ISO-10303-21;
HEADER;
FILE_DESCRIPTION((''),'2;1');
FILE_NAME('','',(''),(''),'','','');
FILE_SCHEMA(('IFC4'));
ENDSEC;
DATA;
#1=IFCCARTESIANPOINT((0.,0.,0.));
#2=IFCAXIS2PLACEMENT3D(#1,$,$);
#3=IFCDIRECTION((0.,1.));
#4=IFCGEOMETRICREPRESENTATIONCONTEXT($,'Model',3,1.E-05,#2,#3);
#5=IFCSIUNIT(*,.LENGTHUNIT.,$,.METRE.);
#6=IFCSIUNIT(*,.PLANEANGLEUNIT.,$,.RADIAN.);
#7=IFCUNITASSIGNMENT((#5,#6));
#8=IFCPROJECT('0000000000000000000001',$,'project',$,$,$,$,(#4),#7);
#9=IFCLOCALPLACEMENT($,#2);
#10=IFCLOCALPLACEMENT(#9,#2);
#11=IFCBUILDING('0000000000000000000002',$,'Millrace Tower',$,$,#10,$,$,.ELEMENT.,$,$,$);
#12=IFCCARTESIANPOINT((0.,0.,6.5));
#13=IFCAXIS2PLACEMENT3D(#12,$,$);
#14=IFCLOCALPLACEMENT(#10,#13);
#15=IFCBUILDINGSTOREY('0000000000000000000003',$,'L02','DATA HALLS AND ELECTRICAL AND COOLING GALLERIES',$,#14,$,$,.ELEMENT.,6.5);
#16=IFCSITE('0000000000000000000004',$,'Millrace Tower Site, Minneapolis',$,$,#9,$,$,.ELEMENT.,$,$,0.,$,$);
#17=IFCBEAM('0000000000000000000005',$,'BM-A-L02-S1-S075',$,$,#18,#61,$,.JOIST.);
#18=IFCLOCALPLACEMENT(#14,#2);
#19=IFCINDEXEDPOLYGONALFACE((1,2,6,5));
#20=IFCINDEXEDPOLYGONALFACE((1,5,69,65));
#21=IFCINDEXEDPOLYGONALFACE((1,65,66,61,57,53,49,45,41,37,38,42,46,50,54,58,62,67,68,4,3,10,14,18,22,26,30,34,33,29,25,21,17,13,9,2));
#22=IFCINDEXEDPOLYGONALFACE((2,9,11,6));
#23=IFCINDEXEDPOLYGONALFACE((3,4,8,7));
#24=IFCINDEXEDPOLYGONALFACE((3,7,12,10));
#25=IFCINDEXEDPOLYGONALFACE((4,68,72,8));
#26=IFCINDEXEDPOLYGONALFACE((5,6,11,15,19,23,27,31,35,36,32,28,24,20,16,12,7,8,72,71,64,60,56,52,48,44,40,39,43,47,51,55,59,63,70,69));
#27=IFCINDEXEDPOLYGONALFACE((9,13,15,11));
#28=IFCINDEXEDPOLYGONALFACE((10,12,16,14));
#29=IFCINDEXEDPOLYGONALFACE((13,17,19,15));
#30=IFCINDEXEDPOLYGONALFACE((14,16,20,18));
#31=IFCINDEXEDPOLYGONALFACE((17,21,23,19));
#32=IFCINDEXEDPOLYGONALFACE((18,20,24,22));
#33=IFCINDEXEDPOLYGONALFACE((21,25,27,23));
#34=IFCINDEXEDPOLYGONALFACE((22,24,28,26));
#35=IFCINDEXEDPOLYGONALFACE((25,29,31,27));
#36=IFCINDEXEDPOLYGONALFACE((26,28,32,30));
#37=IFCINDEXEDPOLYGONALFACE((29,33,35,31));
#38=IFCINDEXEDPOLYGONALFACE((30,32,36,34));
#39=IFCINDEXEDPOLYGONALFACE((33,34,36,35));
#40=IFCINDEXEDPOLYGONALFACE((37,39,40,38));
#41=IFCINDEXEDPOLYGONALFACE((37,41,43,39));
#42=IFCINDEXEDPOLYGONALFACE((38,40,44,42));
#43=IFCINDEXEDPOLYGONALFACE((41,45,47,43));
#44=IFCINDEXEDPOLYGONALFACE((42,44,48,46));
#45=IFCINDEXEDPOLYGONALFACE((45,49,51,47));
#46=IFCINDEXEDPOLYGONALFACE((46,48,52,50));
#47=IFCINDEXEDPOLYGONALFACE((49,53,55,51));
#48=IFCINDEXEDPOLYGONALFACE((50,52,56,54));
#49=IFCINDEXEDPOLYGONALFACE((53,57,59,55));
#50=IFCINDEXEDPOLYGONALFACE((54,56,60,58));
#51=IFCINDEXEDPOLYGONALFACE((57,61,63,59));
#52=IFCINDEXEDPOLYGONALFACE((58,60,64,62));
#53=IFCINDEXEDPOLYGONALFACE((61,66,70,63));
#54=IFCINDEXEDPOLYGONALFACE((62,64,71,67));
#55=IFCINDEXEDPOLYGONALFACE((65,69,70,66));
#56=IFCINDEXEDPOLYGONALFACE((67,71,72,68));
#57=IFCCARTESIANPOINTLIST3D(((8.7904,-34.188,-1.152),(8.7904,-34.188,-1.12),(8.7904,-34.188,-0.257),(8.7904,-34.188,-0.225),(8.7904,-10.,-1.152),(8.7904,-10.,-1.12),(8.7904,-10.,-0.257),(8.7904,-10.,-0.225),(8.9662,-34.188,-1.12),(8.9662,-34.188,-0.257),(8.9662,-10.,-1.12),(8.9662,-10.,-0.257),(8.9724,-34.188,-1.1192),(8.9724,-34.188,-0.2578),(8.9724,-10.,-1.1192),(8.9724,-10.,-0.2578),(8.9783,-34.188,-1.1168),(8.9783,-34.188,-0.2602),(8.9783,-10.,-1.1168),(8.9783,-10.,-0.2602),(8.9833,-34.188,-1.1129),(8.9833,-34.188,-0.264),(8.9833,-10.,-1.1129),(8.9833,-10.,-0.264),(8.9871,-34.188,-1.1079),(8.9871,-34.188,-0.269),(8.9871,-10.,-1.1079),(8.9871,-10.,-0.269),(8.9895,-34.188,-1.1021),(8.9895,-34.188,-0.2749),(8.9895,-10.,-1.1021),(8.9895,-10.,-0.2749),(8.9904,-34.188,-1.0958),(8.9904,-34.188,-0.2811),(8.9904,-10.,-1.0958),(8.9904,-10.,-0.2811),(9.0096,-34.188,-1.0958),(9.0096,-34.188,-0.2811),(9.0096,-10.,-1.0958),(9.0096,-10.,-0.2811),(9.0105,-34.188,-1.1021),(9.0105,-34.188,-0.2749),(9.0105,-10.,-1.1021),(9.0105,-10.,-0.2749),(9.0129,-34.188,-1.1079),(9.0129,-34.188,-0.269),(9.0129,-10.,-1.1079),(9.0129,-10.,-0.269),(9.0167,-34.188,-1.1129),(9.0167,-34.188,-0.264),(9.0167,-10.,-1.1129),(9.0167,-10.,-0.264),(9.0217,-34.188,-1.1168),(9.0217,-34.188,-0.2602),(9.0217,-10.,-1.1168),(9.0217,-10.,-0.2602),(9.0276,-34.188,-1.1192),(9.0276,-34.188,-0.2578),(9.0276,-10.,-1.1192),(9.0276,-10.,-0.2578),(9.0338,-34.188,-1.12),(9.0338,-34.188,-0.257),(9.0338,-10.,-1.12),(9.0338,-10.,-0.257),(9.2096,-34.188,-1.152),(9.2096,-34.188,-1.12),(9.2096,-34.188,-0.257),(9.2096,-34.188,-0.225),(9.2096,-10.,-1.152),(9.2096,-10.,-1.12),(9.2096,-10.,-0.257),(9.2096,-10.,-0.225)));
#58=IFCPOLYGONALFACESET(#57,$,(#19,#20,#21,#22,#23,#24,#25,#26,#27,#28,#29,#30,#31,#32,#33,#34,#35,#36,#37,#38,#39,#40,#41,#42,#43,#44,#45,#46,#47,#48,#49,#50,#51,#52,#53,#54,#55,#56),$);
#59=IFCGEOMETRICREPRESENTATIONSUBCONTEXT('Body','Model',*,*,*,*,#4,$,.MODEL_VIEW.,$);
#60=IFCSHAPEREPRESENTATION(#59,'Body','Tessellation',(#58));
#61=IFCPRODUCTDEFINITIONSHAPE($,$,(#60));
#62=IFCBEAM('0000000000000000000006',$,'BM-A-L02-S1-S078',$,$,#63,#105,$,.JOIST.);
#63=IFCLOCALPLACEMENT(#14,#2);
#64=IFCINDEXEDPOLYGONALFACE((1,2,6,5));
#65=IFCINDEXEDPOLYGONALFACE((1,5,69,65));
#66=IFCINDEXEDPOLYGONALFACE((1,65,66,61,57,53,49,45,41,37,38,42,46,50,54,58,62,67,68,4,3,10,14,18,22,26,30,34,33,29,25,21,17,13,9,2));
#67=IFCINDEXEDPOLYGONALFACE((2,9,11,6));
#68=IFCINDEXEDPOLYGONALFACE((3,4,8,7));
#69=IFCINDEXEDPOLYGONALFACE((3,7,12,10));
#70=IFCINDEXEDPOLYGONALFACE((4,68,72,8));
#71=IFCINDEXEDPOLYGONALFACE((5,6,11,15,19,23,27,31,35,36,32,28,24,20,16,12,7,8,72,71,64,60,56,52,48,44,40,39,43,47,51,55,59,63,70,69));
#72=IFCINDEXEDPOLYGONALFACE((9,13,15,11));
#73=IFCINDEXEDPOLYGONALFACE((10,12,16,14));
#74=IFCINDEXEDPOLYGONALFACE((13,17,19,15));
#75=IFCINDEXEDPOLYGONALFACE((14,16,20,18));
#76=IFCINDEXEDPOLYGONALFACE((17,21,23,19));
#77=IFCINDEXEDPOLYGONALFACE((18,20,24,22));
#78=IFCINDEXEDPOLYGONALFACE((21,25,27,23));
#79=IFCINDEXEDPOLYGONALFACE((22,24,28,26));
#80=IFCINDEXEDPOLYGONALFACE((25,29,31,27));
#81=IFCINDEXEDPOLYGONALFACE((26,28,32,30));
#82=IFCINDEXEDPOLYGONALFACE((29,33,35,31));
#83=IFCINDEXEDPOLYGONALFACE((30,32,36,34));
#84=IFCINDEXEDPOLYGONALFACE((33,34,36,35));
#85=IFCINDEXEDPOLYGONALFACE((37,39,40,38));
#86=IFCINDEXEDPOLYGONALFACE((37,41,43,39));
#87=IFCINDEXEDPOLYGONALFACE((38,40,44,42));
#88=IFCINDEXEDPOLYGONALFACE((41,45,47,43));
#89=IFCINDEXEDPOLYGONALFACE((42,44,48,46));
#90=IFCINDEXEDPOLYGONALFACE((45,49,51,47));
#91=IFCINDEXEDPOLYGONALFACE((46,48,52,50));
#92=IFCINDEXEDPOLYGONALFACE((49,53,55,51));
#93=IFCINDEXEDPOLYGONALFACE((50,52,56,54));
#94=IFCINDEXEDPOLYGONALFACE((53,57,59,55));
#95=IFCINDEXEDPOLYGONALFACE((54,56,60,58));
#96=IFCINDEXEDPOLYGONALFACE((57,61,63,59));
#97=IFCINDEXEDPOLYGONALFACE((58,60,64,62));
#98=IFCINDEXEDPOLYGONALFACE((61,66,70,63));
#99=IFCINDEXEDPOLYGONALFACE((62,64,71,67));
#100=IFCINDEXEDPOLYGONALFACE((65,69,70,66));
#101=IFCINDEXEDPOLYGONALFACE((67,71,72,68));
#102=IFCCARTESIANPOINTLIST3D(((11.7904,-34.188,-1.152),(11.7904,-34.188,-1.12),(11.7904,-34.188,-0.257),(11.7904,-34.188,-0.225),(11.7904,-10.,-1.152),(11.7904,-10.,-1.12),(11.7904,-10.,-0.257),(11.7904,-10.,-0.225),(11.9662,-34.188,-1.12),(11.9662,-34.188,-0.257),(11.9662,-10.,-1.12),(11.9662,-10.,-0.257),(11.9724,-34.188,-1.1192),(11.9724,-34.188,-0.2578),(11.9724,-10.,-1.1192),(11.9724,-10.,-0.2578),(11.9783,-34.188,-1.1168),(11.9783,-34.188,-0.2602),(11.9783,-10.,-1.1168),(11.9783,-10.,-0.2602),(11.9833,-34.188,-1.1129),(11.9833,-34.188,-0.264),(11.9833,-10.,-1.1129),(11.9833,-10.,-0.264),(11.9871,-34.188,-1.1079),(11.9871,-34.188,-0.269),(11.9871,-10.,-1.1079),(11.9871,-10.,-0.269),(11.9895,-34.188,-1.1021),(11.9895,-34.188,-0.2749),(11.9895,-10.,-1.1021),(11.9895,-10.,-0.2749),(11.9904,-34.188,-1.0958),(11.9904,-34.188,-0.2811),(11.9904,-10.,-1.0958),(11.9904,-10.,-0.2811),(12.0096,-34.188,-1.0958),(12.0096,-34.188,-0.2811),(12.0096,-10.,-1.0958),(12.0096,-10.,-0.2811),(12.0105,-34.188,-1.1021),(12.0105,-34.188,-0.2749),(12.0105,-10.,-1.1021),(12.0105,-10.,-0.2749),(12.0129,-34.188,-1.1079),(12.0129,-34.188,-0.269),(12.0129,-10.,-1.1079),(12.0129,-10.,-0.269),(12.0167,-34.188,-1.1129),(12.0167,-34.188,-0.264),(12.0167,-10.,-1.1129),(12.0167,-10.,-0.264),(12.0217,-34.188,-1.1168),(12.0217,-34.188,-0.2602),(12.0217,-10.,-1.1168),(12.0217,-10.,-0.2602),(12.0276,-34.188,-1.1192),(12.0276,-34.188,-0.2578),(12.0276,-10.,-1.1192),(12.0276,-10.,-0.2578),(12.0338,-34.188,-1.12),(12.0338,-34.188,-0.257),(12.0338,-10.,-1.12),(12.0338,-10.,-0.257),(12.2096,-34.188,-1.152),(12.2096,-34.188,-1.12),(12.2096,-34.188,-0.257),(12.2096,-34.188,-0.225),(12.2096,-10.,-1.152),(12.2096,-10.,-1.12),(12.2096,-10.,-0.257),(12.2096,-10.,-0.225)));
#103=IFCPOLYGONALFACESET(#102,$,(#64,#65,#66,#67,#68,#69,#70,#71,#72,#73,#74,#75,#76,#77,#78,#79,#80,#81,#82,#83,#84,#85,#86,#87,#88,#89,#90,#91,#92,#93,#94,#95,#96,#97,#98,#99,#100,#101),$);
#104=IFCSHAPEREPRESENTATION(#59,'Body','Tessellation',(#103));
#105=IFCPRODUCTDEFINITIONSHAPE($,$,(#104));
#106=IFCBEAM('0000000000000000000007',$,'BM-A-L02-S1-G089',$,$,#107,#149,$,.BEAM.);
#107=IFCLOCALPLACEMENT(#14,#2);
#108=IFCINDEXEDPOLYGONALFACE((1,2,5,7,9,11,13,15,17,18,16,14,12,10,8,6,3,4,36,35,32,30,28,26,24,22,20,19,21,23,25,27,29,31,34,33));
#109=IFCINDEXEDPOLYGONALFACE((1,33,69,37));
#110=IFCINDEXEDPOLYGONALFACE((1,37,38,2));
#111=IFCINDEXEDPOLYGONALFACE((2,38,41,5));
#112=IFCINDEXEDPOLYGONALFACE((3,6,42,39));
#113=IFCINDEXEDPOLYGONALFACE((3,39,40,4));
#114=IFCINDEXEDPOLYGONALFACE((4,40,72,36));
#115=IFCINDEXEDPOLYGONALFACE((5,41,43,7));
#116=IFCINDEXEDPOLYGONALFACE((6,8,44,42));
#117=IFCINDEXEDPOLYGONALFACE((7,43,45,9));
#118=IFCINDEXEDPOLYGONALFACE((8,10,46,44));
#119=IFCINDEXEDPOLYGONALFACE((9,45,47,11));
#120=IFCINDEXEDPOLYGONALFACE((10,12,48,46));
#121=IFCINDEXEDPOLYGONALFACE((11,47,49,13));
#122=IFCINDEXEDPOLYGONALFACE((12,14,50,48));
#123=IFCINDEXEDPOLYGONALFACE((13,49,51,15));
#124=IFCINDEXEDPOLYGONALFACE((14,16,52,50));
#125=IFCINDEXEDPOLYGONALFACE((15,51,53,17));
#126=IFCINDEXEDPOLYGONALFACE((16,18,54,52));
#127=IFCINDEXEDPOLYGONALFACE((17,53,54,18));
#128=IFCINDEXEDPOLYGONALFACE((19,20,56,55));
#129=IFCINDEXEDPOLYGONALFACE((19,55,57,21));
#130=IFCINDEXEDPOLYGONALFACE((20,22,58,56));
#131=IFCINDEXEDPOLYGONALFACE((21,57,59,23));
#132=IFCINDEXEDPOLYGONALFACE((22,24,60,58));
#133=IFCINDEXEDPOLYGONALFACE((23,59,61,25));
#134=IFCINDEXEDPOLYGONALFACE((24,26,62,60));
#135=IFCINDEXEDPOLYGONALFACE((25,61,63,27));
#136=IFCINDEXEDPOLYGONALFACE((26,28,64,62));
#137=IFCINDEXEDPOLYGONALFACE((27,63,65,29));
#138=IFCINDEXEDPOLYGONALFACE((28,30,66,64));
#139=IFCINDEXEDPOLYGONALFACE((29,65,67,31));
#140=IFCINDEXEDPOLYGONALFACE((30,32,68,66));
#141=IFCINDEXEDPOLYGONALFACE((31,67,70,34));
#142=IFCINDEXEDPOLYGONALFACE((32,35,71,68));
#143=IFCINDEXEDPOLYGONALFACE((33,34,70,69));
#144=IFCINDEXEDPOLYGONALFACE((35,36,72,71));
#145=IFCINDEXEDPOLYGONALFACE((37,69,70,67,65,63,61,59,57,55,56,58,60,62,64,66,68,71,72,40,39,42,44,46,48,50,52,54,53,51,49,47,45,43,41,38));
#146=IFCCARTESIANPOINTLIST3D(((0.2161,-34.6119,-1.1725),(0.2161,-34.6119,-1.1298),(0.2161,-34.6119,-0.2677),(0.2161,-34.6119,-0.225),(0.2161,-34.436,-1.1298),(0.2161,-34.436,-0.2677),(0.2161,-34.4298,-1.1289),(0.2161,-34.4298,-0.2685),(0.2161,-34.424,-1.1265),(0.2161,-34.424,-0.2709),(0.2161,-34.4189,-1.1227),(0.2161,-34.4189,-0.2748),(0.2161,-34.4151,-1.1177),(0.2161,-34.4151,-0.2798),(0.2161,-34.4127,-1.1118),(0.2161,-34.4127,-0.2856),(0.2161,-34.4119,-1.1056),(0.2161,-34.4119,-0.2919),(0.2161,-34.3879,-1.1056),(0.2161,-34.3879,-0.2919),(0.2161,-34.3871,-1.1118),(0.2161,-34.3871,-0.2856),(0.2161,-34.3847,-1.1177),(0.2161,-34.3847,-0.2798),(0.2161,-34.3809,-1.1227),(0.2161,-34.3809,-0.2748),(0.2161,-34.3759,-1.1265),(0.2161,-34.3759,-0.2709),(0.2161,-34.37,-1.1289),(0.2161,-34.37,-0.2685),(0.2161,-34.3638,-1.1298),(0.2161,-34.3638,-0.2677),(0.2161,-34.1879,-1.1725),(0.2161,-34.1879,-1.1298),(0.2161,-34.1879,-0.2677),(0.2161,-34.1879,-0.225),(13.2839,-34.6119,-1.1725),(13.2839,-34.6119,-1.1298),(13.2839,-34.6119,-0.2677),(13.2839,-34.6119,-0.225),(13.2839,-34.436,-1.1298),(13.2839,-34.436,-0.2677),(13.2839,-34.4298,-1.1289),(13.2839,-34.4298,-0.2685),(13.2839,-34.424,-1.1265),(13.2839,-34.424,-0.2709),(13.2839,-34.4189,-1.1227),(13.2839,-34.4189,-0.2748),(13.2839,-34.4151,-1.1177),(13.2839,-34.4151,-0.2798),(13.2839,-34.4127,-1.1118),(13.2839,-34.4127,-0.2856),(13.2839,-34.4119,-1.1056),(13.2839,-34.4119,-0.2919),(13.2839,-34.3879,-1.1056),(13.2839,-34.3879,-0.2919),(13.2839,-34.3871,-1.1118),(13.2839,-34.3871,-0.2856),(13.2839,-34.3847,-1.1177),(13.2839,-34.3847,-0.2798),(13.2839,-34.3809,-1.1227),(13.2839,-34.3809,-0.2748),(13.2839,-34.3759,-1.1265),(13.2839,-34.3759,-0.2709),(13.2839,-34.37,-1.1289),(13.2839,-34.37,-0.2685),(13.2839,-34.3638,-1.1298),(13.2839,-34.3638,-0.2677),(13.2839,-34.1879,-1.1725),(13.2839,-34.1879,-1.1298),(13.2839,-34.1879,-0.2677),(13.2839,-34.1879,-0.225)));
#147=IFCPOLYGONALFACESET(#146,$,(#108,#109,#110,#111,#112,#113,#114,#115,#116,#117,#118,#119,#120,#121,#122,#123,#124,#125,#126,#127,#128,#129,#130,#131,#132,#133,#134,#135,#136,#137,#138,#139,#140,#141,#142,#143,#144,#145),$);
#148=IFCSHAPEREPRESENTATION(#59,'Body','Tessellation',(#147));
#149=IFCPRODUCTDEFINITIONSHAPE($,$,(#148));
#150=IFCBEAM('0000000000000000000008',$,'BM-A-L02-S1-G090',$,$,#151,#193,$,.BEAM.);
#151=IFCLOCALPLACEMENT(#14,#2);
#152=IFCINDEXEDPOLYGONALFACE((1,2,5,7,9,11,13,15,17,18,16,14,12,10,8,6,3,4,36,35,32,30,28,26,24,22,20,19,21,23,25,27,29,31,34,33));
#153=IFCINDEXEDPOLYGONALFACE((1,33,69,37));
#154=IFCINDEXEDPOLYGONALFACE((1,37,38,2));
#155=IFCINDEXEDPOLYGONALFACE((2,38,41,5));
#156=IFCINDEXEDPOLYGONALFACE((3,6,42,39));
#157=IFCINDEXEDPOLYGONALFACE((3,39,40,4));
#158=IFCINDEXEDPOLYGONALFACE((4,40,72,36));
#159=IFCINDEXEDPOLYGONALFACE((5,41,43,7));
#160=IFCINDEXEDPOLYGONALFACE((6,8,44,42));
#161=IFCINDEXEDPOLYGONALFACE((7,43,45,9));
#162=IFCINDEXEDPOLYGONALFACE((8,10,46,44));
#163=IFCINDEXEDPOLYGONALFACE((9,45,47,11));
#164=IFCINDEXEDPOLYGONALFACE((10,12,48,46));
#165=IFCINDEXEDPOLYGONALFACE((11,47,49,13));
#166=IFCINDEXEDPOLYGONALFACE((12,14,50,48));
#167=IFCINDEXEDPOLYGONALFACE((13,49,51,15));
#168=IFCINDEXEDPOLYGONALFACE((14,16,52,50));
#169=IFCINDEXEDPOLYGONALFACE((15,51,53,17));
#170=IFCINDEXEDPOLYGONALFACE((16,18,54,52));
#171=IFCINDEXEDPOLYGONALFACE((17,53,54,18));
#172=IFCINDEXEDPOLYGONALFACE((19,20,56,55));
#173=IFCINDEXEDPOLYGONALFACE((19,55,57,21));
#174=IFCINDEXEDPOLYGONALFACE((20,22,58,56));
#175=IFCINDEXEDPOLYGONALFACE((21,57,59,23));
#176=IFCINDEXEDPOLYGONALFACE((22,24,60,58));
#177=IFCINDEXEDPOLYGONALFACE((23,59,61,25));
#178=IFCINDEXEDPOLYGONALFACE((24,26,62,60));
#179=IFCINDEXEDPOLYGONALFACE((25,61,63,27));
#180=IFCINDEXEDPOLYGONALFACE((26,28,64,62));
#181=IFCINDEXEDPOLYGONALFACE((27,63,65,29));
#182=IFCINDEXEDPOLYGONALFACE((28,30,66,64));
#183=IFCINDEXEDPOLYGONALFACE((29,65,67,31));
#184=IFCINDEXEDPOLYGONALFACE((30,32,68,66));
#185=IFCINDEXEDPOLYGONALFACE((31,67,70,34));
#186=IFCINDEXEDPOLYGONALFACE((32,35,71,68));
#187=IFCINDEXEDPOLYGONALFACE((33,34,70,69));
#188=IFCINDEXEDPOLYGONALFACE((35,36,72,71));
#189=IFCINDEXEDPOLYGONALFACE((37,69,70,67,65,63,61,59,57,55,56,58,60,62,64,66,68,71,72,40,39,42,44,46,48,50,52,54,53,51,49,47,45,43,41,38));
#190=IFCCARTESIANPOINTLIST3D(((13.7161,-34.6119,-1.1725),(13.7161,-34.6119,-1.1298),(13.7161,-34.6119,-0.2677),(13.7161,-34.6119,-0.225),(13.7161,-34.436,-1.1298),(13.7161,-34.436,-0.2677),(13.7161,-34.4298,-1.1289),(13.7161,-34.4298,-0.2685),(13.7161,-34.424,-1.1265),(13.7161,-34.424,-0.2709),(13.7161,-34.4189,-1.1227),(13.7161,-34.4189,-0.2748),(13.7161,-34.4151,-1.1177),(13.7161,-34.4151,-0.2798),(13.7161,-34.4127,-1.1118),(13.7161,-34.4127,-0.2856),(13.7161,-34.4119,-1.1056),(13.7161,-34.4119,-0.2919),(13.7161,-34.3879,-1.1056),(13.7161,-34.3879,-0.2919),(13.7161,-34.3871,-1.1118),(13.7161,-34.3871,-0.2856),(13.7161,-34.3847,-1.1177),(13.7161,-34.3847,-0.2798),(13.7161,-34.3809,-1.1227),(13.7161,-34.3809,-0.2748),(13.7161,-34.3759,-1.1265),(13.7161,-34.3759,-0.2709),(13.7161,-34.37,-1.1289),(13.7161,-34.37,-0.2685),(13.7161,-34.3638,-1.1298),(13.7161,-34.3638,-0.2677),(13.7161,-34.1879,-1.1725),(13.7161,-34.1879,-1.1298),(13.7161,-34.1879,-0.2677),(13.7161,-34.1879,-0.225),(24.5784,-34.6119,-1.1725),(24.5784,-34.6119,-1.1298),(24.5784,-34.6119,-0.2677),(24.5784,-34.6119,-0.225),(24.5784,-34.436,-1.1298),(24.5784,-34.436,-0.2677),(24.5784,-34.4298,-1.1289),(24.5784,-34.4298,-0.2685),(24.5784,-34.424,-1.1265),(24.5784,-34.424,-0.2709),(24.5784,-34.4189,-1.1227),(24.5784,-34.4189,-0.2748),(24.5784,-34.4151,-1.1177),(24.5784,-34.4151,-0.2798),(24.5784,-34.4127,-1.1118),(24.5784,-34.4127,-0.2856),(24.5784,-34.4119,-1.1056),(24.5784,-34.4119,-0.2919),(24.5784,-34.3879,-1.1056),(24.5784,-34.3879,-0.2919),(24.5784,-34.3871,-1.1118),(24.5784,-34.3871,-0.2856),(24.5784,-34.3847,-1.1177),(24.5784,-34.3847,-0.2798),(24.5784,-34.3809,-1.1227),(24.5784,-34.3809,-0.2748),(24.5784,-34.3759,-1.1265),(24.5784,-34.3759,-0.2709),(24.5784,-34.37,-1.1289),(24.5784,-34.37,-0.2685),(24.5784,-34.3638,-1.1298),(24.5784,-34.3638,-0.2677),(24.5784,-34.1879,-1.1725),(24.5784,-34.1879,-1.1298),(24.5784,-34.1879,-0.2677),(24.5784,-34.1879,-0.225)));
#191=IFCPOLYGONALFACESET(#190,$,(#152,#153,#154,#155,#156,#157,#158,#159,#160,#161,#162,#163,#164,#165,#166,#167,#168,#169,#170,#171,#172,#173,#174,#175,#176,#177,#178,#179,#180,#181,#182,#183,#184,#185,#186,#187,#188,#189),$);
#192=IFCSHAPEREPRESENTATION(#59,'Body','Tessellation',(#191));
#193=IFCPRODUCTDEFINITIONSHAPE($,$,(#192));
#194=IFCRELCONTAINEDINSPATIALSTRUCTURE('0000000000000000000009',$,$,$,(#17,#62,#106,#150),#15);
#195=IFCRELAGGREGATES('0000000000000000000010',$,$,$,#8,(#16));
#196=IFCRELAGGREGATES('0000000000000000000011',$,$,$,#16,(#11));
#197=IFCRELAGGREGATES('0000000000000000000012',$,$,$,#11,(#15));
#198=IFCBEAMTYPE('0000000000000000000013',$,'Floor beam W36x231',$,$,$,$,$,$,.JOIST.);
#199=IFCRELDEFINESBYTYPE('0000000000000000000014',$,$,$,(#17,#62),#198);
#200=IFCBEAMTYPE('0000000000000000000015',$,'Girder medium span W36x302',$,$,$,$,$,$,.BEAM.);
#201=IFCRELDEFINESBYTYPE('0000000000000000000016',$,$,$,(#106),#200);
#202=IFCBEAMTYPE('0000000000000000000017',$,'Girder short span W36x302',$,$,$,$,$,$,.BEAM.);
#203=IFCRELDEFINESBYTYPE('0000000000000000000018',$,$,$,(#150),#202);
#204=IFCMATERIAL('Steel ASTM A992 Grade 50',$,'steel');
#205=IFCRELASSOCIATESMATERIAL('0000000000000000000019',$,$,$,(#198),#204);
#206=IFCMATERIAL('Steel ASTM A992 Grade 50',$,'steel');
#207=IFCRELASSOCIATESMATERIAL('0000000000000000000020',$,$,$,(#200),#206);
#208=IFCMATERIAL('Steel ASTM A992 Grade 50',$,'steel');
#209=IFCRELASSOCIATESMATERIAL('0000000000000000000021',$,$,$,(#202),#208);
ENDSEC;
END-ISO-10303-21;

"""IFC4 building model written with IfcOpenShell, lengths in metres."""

from ifc_helpers import new_model, si_unit, direction, frame, origin, origin_2d, place, context, subcontext, project, spatial, i_section, extrude, material, material_profile, profile_set, type_object, element, save


model = new_model("IFC4")

# Units and contexts
model_context = context("Model", 3, precision=1e-05, world=origin(), true_north=direction((0.0, 1.0)))
body_context = subcontext(model_context, "Body", "Model", "MODEL_VIEW")
ifc_project = project(units=[si_unit("LENGTHUNIT", "METRE"), si_unit("PLANEANGLEUNIT", "RADIAN")], contexts=[model_context])

# Site, building, storey
site_placement = place(None, origin())
site = spatial("IfcSite", under=ifc_project, at=site_placement, Name="Millrace Tower Site, Minneapolis", CompositionType="ELEMENT", RefElevation=0.0)
building_placement = place(site_placement, origin())
building = spatial("IfcBuilding", under=site, at=building_placement, Name="Millrace Tower", CompositionType="ELEMENT")
storey_placement = place(building_placement, frame((0.0, 0.0, 6.5)))
storey = spatial("IfcBuildingStorey", under=building, at=storey_placement, Name="L02", Description="DATA HALLS AND ELECTRICAL AND COOLING GALLERIES", CompositionType="ELEMENT", Elevation=6.5)

# Beams
ifc_material_1 = material(Name="Steel ASTM A992 Grade 50", Category="steel")
ifc_material_profile_1 = material_profile(ifc_material_1, i_section(OverallWidth=0.4192, OverallDepth=0.927, WebThickness=0.0193, FlangeThickness=0.032, FilletRadius=0.0242, at=origin_2d()))
ifc_profile_set_1 = profile_set([ifc_material_profile_1], Name="Steel ASTM A992 Grade 50")
beam_type_1 = type_object("IfcBeamType", Name="Floor beam W36x231", PredefinedType="JOIST", material=ifc_profile_set_1)
for number, where, z_axis, x_axis, name in (
    (1, (9.0, -34.188, -0.6885), (0.0, 1.0, 0.0), (-1.0, 0.0, 0.0), "BM-A-L02-S1-S075"),
    (2, (12.0, -34.188, -0.6885), (0.0, 1.0, 0.0), (-1.0, 0.0, 0.0), "BM-A-L02-S1-S078"),
):
    element("IfcBeam", number, at=place(storey_placement, frame(where, z_axis=z_axis, x_axis=x_axis)), inside=storey, type_object=beam_type_1, Name=name, PredefinedType="JOIST", context=body_context, shape_type="SweptSolid", body=[
        extrude(i_section(OverallWidth=0.4192, OverallDepth=0.927, WebThickness=0.0193, FlangeThickness=0.032, FilletRadius=0.0242, at=origin_2d()), origin(), (0.0, 0.0, 1.0), 24.188),
    ])
ifc_material_2 = material(Name="Steel ASTM A992 Grade 50", Category="steel")
ifc_material_profile_2 = material_profile(ifc_material_2, i_section(OverallWidth=0.4241, OverallDepth=0.9475, WebThickness=0.0239, FlangeThickness=0.0427, FilletRadius=0.0242, at=origin_2d()))
ifc_profile_set_2 = profile_set([ifc_material_profile_2], Name="Steel ASTM A992 Grade 50")
beam_type_2 = type_object("IfcBeamType", Name="Girder medium span W36x302", PredefinedType="BEAM", material=ifc_profile_set_2)
beam_1_placement = place(storey_placement, frame((0.2161, -34.3999, -0.6987), z_axis=(1.0, 0.0, 0.0), x_axis=(0.0, 1.0, 0.0)))
element("IfcBeam", 3, at=beam_1_placement, inside=storey, type_object=beam_type_2, Name="BM-A-L02-S1-G089", PredefinedType="BEAM", context=body_context, shape_type="SweptSolid", body=[
    extrude(i_section(OverallWidth=0.4241, OverallDepth=0.9475, WebThickness=0.0239, FlangeThickness=0.0427, FilletRadius=0.0242, at=origin_2d()), origin(), (0.0, 0.0, 1.0), 13.0679),
])
ifc_material_3 = material(Name="Steel ASTM A992 Grade 50", Category="steel")
ifc_material_profile_3 = material_profile(ifc_material_3, i_section(OverallWidth=0.4241, OverallDepth=0.9475, WebThickness=0.0239, FlangeThickness=0.0427, FilletRadius=0.0242, at=origin_2d()))
ifc_profile_set_3 = profile_set([ifc_material_profile_3], Name="Steel ASTM A992 Grade 50")
beam_type_3 = type_object("IfcBeamType", Name="Girder short span W36x302", PredefinedType="BEAM", material=ifc_profile_set_3)
beam_2_placement = place(storey_placement, frame((13.7161, -34.3999, -0.6987), z_axis=(1.0, 0.0, 0.0), x_axis=(0.0, 1.0, 0.0)))
element("IfcBeam", 4, at=beam_2_placement, inside=storey, type_object=beam_type_3, Name="BM-A-L02-S1-G090", PredefinedType="BEAM", context=body_context, shape_type="SweptSolid", body=[
    extrude(i_section(OverallWidth=0.4241, OverallDepth=0.9475, WebThickness=0.0239, FlangeThickness=0.0427, FilletRadius=0.0242, at=origin_2d()), origin(), (0.0, 0.0, 1.0), 10.8623),
])

save(model, "model.ifc")
